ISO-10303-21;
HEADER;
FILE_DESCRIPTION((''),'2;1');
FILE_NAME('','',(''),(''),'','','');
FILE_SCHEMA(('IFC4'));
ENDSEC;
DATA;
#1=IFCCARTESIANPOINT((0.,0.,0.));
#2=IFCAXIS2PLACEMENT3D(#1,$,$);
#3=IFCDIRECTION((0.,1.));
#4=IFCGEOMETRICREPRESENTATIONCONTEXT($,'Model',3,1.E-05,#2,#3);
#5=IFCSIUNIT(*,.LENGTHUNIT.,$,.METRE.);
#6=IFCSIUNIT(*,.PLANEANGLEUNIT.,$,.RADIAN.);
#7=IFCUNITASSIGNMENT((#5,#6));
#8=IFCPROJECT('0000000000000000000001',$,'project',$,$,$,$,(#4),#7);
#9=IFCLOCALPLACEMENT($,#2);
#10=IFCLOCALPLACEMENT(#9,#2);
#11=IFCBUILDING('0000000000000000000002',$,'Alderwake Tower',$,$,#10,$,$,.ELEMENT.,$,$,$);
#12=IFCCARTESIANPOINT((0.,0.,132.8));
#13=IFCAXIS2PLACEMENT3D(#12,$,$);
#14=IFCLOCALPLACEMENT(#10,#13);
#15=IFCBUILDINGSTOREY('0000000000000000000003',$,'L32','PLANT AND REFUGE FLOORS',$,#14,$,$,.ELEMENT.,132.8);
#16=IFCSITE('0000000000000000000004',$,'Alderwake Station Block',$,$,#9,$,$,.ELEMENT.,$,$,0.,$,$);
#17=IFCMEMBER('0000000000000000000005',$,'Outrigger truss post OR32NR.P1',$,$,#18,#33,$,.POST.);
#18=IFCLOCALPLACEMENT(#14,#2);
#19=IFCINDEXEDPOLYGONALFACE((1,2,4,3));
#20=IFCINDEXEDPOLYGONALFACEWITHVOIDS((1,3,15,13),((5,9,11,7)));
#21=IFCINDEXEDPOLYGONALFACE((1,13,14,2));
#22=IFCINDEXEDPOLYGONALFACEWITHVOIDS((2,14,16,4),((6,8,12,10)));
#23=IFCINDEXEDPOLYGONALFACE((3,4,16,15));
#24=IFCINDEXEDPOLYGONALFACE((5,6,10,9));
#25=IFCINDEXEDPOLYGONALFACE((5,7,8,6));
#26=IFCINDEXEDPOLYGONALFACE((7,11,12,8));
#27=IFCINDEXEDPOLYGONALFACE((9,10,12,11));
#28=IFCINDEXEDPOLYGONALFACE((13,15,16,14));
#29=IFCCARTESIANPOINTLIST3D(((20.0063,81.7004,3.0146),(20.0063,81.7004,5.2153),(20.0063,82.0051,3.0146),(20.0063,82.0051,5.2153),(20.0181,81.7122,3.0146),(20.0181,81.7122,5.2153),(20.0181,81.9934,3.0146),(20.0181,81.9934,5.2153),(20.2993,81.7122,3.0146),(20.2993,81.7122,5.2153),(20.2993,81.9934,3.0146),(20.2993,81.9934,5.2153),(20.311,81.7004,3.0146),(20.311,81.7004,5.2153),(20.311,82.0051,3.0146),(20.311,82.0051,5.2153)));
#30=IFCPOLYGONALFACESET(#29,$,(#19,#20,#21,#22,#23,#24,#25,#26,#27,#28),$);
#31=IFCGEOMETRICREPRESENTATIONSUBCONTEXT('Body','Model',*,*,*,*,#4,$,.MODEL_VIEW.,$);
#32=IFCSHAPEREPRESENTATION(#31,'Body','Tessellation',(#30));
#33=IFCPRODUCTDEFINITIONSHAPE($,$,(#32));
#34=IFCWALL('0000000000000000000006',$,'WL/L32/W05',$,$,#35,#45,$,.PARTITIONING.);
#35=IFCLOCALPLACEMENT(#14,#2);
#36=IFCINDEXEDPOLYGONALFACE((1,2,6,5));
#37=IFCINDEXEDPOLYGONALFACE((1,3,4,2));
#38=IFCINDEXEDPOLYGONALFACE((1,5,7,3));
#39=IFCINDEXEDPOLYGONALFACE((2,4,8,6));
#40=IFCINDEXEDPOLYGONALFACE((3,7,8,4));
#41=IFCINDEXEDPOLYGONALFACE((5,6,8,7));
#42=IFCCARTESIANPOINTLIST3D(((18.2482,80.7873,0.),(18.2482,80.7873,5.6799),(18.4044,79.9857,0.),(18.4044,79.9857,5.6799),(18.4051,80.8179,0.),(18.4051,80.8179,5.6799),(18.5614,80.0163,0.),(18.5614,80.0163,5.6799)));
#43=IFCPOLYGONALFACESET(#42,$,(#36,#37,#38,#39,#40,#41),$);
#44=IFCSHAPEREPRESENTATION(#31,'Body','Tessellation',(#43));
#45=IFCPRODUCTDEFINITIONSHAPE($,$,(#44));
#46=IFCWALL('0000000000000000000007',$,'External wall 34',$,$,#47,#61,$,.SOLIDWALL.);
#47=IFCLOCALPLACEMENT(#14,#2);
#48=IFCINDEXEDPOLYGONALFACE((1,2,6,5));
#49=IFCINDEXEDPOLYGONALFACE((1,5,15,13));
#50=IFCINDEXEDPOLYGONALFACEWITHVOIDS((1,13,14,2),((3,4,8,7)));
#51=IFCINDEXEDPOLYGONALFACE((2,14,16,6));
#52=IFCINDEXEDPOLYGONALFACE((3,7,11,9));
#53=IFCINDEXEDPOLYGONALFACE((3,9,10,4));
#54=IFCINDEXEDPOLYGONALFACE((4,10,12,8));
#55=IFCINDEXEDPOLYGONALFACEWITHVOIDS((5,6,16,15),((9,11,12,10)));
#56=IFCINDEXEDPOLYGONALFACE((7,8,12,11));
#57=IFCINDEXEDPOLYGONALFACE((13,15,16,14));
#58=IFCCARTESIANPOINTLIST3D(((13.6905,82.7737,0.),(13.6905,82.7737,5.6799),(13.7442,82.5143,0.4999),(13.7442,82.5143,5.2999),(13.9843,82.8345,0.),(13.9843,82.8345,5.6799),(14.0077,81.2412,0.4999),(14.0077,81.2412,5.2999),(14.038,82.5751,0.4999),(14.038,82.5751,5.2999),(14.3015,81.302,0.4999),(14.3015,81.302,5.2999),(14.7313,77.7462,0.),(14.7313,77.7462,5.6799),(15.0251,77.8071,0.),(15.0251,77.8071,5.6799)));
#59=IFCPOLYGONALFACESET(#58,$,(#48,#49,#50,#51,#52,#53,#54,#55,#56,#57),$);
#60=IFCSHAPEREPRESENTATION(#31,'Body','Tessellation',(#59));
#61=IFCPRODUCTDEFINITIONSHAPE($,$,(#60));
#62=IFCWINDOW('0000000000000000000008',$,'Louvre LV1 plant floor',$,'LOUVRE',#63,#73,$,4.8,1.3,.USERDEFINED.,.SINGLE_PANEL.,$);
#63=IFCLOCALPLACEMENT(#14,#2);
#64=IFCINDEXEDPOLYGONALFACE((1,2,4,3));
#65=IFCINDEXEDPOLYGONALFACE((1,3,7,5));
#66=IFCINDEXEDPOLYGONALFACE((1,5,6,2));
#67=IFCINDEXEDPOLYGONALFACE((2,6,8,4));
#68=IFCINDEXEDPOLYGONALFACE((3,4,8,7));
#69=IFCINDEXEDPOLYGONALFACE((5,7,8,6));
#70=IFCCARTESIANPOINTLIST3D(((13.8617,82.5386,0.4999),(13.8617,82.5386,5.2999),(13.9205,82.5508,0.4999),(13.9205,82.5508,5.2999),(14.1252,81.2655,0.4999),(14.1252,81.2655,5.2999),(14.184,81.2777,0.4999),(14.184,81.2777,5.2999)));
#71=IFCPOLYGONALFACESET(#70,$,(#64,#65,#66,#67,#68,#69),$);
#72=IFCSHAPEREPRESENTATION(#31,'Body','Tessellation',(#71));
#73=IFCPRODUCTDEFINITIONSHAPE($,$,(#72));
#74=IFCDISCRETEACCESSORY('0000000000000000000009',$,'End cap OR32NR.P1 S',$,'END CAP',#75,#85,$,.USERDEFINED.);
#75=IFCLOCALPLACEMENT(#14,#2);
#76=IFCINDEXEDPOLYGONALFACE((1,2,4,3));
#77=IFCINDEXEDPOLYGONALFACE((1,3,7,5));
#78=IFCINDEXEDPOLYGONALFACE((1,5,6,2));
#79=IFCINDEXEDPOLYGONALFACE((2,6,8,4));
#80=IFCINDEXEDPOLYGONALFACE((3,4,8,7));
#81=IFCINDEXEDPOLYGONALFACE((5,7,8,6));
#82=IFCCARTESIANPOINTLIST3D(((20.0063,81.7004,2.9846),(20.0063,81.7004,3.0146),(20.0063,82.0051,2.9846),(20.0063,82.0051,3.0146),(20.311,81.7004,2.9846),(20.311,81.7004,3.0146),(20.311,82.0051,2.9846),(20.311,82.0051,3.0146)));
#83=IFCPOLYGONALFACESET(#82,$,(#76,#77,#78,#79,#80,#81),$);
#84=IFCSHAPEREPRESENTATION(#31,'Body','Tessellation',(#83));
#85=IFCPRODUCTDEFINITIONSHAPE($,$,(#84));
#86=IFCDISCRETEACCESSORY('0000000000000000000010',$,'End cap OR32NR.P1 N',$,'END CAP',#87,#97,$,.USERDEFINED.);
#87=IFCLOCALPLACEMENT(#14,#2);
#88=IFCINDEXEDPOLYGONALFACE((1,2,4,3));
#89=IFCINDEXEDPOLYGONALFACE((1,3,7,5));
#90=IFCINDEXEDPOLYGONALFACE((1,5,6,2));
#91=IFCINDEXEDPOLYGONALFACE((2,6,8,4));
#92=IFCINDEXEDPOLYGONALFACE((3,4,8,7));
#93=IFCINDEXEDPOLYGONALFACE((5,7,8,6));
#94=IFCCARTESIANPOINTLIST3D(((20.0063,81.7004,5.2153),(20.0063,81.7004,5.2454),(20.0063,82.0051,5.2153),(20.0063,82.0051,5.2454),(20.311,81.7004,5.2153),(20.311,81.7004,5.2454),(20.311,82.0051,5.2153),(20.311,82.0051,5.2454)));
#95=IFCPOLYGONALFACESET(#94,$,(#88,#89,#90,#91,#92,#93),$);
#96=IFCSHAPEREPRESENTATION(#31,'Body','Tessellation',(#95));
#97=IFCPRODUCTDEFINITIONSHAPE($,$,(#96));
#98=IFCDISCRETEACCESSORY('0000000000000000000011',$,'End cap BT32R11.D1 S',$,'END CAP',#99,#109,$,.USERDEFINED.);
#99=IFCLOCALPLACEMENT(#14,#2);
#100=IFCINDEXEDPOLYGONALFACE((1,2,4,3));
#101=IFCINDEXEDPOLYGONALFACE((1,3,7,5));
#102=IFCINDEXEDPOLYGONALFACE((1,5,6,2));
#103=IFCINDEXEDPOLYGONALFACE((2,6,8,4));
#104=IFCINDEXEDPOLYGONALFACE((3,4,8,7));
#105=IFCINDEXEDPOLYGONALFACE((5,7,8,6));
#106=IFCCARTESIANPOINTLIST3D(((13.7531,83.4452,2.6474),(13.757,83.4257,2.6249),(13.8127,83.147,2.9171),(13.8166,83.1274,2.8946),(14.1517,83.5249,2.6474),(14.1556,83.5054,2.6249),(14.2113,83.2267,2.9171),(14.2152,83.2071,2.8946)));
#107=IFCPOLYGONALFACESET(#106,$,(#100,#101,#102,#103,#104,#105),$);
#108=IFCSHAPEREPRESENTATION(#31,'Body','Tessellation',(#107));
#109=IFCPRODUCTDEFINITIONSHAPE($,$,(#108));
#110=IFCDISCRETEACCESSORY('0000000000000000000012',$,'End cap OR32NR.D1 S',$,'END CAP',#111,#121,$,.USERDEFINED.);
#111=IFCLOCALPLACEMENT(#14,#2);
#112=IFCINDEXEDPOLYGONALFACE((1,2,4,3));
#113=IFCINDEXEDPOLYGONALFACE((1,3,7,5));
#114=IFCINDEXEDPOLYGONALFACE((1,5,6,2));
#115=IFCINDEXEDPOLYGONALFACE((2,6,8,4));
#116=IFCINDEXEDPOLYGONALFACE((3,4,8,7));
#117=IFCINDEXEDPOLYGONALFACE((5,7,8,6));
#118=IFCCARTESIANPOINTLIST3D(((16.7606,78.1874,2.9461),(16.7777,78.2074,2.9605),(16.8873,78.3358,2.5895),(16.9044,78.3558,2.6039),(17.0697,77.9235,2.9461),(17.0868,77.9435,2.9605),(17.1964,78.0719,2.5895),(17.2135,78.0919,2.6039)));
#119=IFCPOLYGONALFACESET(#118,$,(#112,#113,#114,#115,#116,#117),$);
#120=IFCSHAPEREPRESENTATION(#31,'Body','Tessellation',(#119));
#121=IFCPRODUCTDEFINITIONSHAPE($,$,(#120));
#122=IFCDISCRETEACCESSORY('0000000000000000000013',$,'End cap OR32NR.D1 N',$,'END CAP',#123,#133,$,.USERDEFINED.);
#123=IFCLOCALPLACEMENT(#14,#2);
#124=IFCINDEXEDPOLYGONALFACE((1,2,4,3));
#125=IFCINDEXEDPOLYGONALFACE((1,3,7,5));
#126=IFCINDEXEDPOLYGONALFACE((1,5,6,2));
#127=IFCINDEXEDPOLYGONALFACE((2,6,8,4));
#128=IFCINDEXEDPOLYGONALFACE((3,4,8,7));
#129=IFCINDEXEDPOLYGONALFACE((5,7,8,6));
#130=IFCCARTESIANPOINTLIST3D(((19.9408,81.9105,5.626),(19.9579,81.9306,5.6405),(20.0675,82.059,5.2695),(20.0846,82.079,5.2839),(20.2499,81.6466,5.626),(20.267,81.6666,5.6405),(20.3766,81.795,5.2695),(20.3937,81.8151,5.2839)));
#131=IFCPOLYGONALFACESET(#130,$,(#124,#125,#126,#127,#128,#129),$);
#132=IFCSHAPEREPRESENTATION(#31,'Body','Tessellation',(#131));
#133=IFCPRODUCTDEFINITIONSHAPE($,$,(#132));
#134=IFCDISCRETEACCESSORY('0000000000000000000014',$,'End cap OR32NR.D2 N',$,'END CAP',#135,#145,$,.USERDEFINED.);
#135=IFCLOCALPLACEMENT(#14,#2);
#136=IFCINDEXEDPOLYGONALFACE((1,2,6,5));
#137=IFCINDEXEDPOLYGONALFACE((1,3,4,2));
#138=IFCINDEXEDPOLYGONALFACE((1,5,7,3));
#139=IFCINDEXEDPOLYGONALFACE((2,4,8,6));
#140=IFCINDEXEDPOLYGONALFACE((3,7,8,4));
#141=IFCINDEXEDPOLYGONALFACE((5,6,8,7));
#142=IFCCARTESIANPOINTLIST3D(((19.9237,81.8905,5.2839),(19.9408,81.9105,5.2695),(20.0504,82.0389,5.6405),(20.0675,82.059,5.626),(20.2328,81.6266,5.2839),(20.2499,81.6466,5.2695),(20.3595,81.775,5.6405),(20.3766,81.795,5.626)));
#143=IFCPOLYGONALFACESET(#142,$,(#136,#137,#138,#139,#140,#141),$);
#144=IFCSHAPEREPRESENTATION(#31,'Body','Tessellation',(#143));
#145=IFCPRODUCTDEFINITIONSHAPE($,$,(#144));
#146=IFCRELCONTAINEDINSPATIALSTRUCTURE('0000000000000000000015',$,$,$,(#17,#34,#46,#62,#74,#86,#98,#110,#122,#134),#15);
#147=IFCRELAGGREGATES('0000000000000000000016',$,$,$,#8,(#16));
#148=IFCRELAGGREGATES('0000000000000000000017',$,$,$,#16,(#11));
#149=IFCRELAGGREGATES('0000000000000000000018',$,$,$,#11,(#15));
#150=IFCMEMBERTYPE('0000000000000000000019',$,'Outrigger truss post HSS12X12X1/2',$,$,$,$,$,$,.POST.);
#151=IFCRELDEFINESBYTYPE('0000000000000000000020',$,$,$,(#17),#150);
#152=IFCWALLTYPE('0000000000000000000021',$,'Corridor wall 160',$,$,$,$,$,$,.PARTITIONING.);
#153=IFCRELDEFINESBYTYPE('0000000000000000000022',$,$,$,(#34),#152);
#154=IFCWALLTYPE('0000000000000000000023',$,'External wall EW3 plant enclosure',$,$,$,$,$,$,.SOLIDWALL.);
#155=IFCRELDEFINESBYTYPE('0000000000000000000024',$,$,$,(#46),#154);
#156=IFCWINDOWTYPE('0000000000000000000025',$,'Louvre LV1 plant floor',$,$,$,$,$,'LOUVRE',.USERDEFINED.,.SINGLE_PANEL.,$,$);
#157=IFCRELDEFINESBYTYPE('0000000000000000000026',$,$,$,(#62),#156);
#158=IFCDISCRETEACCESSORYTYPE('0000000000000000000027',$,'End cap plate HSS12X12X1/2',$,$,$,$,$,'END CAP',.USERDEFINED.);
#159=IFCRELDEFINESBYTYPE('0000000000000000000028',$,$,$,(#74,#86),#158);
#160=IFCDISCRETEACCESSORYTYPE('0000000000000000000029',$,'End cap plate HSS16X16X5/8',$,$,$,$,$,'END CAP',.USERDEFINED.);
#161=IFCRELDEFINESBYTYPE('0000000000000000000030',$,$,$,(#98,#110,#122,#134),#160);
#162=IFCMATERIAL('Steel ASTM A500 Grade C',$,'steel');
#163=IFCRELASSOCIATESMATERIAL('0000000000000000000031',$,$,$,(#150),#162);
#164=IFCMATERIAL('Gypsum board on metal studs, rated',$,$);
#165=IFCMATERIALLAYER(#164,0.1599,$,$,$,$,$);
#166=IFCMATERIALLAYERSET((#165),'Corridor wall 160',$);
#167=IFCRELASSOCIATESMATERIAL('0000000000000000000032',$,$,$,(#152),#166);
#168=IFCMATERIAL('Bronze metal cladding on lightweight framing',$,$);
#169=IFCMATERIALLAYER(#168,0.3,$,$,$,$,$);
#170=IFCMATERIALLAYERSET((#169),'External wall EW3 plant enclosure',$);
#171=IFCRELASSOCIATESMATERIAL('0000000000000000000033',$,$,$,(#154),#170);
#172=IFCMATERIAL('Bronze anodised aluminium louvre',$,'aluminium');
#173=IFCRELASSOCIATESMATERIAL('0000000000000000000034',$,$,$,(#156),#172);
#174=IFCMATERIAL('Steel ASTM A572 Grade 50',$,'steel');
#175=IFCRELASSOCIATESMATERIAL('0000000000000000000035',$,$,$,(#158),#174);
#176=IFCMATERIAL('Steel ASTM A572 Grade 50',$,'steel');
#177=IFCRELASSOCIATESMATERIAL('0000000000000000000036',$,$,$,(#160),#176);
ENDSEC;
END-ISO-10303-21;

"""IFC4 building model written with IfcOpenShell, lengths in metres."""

from ifc_helpers import new_model, si_unit, direction, frame, frame_2d, origin, origin_2d, place, context, subcontext, project, spatial, rectangle, hollow_rectangle, extrude, material, layer, layer_set, material_profile, profile_set, type_object, element, fill, save


model = new_model("IFC4")

# Units and contexts
model_context = context("Model", 3, precision=1e-05, world=origin(), true_north=direction((0.0, 1.0)))
body_context = subcontext(model_context, "Body", "Model", "MODEL_VIEW")
ifc_project = project(units=[si_unit("LENGTHUNIT", "METRE"), si_unit("PLANEANGLEUNIT", "RADIAN")], contexts=[model_context])

# Site, building, storey
site_placement = place(None, origin())
site = spatial("IfcSite", under=ifc_project, at=site_placement, Name="Alderwake Station Block", CompositionType="ELEMENT", RefElevation=0.0)
building_placement = place(site_placement, origin())
building = spatial("IfcBuilding", under=site, at=building_placement, Name="Alderwake Tower", CompositionType="ELEMENT")
storey_placement = place(building_placement, frame((0.0, 0.0, 132.8)))
storey = spatial("IfcBuildingStorey", under=building, at=storey_placement, Name="L32", Description="PLANT AND REFUGE FLOORS", CompositionType="ELEMENT", Elevation=132.8)

# Member
ifc_material_1 = material(Name="Steel ASTM A500 Grade C", Category="steel")
ifc_material_profile_1 = material_profile(ifc_material_1, hollow_rectangle(XDim=0.3047, YDim=0.3047, WallThickness=0.0117, at=origin_2d()), Name="HSS12X12X1/2")
ifc_profile_set_1 = profile_set([ifc_material_profile_1], Name="Steel ASTM A500 Grade C")
member_type_1 = type_object("IfcMemberType", Name="Outrigger truss post HSS12X12X1/2", PredefinedType="POST", material=ifc_profile_set_1)
member_1_placement = place(storey_placement, frame((20.1587, 81.8528, 3.0146), z_axis=(0.0, 0.0, 1.0), x_axis=(1.0, 0.0, 0.0)))
element("IfcMember", 1, at=member_1_placement, inside=storey, type_object=member_type_1, Name="Outrigger truss post OR32NR.P1", PredefinedType="POST", context=body_context, shape_type="SweptSolid", body=[
    extrude(hollow_rectangle(XDim=0.3047, YDim=0.3047, WallThickness=0.0117, at=origin_2d()), origin(), (0.0, 0.0, 1.0), 2.2007),
])

# Wall
ifc_material_2 = material(Name="Gypsum board on metal studs, rated")
ifc_layer_1 = layer(ifc_material_2, 0.1599)
ifc_layer_set_1 = layer_set([ifc_layer_1], Name="Corridor wall 160")
wall_type_1 = type_object("IfcWallType", Name="Corridor wall 160", PredefinedType="PARTITIONING", material=ifc_layer_set_1)
wall_1_placement = place(storey_placement, frame((18.3267, 80.8025, 0.0), z_axis=(0.0, 0.0, 1.0), x_axis=(0.191342, -0.981523, 0.0)))
element("IfcWall", 2, at=wall_1_placement, inside=storey, type_object=wall_type_1, Name="WL/L32/W05", PredefinedType="PARTITIONING", context=body_context, shape_type="SweptSolid", body=[
    extrude(rectangle(XDim=0.8167, YDim=0.1599, at=frame_2d((0.4082, 0.0))), origin(), (0.0, 0.0, 1.0), 5.6799),
])

# Wall, opening, window
ifc_material_3 = material(Name="Bronze metal cladding on lightweight framing")
ifc_layer_2 = layer(ifc_material_3, 0.3)
ifc_layer_set_2 = layer_set([ifc_layer_2], Name="External wall EW3 plant enclosure")
wall_type_2 = type_object("IfcWallType", Name="External wall EW3 plant enclosure", PredefinedType="SOLIDWALL", material=ifc_layer_set_2)
wall_2_placement = place(storey_placement, frame((13.8374, 82.804, 0.0), z_axis=(0.0, 0.0, 1.0), x_axis=(0.202724, -0.979236, 0.0)))
wall_2 = element("IfcWall", 3, at=wall_2_placement, inside=storey, type_object=wall_type_2, Name="External wall 34", PredefinedType="SOLIDWALL", context=body_context, shape_type="SweptSolid", body=[
    extrude(rectangle(XDim=5.134, YDim=0.3, at=frame_2d((2.5669, 0.0))), origin(), (0.0, 0.0, 1.0), 5.6799),
])
opening_placement = place(wall_2_placement, frame((0.2649, 0.0, 0.5)))
opening = element("IfcOpeningElement", 4, at=opening_placement, cuts=wall_2, PredefinedType="OPENING", context=body_context, shape_type="SweptSolid", body=[
    extrude(rectangle(XDim=1.3, YDim=4.8, at=frame_2d((0.6499, 2.3999))), frame((0.0, 0.1599, 0.0), z_axis=(0.0, -1.0, 0.0), x_axis=(1.0, 0.0, 0.0)), (0.0, 0.0, 1.0), 0.3201),
])
ifc_material_4 = material(Name="Bronze anodised aluminium louvre", Category="aluminium")
window_type = type_object("IfcWindowType", Name="Louvre LV1 plant floor", ElementType="LOUVRE", PartitioningType="SINGLE_PANEL", PredefinedType="USERDEFINED", material=ifc_material_4)
window_placement = place(opening_placement, origin())
window = element("IfcWindow", 5, at=window_placement, inside=storey, type_object=window_type, Name="Louvre LV1 plant floor", ObjectType="LOUVRE", OverallHeight=4.8, OverallWidth=1.3, PartitioningType="SINGLE_PANEL", PredefinedType="USERDEFINED", context=body_context, shape_type="SweptSolid", body=[
    extrude(rectangle(XDim=1.3, YDim=4.8, at=frame_2d((0.6499, 2.3999))), frame((0.0, 0.03, 0.0), z_axis=(0.0, -1.0, 0.0), x_axis=(1.0, 0.0, 0.0)), (0.0, 0.0, 1.0), 0.0601),
])
fill(opening, window)

# Discrete accessories
ifc_material_5 = material(Name="Steel ASTM A572 Grade 50", Category="steel")
ifc_material_profile_2 = material_profile(ifc_material_5, rectangle(XDim=0.3047, YDim=0.3047, at=origin_2d()), Name="HSS12X12X1/2 cap")
ifc_profile_set_2 = profile_set([ifc_material_profile_2], Name="Steel ASTM A572 Grade 50")
discrete_accessory_type_1 = type_object("IfcDiscreteAccessoryType", Name="End cap plate HSS12X12X1/2", ElementType="END CAP", PredefinedType="USERDEFINED", material=ifc_profile_set_2)
for number, where, z_axis, x_axis, name in (
    (6, (20.1587, 81.8528, 3.0146), (0.0, 0.0, -1.0), (1.0, 0.0, 0.0), "End cap OR32NR.P1 S"),
    (7, (20.1587, 81.8528, 5.2153), (0.0, 0.0, 1.0), (1.0, 0.0, 0.0), "End cap OR32NR.P1 N"),
):
    element("IfcDiscreteAccessory", number, at=place(storey_placement, frame(where, z_axis=z_axis, x_axis=x_axis)), inside=storey, type_object=discrete_accessory_type_1, Name=name, ObjectType="END CAP", PredefinedType="USERDEFINED", context=body_context, shape_type="SweptSolid", body=[
        extrude(rectangle(XDim=0.3047, YDim=0.3047, at=origin_2d()), origin(), (0.0, 0.0, 1.0), 0.03),
    ])
ifc_material_6 = material(Name="Steel ASTM A572 Grade 50", Category="steel")
ifc_material_profile_3 = material_profile(ifc_material_6, rectangle(XDim=0.4065, YDim=0.4065, at=origin_2d()), Name="HSS16X16X5/8 cap")
ifc_profile_set_3 = profile_set([ifc_material_profile_3], Name="Steel ASTM A572 Grade 50")
discrete_accessory_type_2 = type_object("IfcDiscreteAccessoryType", Name="End cap plate HSS16X16X5/8", ElementType="END CAP", PredefinedType="USERDEFINED", material=ifc_profile_set_3)
for number, where, z_axis, x_axis, name in (
    (8, (13.9822, 83.3359, 2.7822), (0.13012, -0.6506, -0.74819), (0.980581, 0.196116, 0.0), "End cap BT32R11.D1 S"),
    (9, (16.9956, 78.1497, 2.7822), (-0.569558, -0.667196, -0.480056), (0.760565, -0.649262, 0.0), "End cap OR32NR.D1 S"),
    (10, (20.1587, 81.8528, 5.4478), (0.569558, 0.667196, 0.480056), (-0.760565, 0.649262, 0.0), "End cap OR32NR.D1 N"),
    (11, (20.1587, 81.8528, 5.4478), (-0.569558, -0.667196, 0.480056), (0.760565, -0.649262, 0.0), "End cap OR32NR.D2 N"),
):
    element("IfcDiscreteAccessory", number, at=place(storey_placement, frame(where, z_axis=z_axis, x_axis=x_axis)), inside=storey, type_object=discrete_accessory_type_2, Name=name, ObjectType="END CAP", PredefinedType="USERDEFINED", context=body_context, shape_type="SweptSolid", body=[
        extrude(rectangle(XDim=0.4065, YDim=0.4065, at=origin_2d()), origin(), (0.0, 0.0, 1.0), 0.03),
    ])

save(model, "model.ifc")
